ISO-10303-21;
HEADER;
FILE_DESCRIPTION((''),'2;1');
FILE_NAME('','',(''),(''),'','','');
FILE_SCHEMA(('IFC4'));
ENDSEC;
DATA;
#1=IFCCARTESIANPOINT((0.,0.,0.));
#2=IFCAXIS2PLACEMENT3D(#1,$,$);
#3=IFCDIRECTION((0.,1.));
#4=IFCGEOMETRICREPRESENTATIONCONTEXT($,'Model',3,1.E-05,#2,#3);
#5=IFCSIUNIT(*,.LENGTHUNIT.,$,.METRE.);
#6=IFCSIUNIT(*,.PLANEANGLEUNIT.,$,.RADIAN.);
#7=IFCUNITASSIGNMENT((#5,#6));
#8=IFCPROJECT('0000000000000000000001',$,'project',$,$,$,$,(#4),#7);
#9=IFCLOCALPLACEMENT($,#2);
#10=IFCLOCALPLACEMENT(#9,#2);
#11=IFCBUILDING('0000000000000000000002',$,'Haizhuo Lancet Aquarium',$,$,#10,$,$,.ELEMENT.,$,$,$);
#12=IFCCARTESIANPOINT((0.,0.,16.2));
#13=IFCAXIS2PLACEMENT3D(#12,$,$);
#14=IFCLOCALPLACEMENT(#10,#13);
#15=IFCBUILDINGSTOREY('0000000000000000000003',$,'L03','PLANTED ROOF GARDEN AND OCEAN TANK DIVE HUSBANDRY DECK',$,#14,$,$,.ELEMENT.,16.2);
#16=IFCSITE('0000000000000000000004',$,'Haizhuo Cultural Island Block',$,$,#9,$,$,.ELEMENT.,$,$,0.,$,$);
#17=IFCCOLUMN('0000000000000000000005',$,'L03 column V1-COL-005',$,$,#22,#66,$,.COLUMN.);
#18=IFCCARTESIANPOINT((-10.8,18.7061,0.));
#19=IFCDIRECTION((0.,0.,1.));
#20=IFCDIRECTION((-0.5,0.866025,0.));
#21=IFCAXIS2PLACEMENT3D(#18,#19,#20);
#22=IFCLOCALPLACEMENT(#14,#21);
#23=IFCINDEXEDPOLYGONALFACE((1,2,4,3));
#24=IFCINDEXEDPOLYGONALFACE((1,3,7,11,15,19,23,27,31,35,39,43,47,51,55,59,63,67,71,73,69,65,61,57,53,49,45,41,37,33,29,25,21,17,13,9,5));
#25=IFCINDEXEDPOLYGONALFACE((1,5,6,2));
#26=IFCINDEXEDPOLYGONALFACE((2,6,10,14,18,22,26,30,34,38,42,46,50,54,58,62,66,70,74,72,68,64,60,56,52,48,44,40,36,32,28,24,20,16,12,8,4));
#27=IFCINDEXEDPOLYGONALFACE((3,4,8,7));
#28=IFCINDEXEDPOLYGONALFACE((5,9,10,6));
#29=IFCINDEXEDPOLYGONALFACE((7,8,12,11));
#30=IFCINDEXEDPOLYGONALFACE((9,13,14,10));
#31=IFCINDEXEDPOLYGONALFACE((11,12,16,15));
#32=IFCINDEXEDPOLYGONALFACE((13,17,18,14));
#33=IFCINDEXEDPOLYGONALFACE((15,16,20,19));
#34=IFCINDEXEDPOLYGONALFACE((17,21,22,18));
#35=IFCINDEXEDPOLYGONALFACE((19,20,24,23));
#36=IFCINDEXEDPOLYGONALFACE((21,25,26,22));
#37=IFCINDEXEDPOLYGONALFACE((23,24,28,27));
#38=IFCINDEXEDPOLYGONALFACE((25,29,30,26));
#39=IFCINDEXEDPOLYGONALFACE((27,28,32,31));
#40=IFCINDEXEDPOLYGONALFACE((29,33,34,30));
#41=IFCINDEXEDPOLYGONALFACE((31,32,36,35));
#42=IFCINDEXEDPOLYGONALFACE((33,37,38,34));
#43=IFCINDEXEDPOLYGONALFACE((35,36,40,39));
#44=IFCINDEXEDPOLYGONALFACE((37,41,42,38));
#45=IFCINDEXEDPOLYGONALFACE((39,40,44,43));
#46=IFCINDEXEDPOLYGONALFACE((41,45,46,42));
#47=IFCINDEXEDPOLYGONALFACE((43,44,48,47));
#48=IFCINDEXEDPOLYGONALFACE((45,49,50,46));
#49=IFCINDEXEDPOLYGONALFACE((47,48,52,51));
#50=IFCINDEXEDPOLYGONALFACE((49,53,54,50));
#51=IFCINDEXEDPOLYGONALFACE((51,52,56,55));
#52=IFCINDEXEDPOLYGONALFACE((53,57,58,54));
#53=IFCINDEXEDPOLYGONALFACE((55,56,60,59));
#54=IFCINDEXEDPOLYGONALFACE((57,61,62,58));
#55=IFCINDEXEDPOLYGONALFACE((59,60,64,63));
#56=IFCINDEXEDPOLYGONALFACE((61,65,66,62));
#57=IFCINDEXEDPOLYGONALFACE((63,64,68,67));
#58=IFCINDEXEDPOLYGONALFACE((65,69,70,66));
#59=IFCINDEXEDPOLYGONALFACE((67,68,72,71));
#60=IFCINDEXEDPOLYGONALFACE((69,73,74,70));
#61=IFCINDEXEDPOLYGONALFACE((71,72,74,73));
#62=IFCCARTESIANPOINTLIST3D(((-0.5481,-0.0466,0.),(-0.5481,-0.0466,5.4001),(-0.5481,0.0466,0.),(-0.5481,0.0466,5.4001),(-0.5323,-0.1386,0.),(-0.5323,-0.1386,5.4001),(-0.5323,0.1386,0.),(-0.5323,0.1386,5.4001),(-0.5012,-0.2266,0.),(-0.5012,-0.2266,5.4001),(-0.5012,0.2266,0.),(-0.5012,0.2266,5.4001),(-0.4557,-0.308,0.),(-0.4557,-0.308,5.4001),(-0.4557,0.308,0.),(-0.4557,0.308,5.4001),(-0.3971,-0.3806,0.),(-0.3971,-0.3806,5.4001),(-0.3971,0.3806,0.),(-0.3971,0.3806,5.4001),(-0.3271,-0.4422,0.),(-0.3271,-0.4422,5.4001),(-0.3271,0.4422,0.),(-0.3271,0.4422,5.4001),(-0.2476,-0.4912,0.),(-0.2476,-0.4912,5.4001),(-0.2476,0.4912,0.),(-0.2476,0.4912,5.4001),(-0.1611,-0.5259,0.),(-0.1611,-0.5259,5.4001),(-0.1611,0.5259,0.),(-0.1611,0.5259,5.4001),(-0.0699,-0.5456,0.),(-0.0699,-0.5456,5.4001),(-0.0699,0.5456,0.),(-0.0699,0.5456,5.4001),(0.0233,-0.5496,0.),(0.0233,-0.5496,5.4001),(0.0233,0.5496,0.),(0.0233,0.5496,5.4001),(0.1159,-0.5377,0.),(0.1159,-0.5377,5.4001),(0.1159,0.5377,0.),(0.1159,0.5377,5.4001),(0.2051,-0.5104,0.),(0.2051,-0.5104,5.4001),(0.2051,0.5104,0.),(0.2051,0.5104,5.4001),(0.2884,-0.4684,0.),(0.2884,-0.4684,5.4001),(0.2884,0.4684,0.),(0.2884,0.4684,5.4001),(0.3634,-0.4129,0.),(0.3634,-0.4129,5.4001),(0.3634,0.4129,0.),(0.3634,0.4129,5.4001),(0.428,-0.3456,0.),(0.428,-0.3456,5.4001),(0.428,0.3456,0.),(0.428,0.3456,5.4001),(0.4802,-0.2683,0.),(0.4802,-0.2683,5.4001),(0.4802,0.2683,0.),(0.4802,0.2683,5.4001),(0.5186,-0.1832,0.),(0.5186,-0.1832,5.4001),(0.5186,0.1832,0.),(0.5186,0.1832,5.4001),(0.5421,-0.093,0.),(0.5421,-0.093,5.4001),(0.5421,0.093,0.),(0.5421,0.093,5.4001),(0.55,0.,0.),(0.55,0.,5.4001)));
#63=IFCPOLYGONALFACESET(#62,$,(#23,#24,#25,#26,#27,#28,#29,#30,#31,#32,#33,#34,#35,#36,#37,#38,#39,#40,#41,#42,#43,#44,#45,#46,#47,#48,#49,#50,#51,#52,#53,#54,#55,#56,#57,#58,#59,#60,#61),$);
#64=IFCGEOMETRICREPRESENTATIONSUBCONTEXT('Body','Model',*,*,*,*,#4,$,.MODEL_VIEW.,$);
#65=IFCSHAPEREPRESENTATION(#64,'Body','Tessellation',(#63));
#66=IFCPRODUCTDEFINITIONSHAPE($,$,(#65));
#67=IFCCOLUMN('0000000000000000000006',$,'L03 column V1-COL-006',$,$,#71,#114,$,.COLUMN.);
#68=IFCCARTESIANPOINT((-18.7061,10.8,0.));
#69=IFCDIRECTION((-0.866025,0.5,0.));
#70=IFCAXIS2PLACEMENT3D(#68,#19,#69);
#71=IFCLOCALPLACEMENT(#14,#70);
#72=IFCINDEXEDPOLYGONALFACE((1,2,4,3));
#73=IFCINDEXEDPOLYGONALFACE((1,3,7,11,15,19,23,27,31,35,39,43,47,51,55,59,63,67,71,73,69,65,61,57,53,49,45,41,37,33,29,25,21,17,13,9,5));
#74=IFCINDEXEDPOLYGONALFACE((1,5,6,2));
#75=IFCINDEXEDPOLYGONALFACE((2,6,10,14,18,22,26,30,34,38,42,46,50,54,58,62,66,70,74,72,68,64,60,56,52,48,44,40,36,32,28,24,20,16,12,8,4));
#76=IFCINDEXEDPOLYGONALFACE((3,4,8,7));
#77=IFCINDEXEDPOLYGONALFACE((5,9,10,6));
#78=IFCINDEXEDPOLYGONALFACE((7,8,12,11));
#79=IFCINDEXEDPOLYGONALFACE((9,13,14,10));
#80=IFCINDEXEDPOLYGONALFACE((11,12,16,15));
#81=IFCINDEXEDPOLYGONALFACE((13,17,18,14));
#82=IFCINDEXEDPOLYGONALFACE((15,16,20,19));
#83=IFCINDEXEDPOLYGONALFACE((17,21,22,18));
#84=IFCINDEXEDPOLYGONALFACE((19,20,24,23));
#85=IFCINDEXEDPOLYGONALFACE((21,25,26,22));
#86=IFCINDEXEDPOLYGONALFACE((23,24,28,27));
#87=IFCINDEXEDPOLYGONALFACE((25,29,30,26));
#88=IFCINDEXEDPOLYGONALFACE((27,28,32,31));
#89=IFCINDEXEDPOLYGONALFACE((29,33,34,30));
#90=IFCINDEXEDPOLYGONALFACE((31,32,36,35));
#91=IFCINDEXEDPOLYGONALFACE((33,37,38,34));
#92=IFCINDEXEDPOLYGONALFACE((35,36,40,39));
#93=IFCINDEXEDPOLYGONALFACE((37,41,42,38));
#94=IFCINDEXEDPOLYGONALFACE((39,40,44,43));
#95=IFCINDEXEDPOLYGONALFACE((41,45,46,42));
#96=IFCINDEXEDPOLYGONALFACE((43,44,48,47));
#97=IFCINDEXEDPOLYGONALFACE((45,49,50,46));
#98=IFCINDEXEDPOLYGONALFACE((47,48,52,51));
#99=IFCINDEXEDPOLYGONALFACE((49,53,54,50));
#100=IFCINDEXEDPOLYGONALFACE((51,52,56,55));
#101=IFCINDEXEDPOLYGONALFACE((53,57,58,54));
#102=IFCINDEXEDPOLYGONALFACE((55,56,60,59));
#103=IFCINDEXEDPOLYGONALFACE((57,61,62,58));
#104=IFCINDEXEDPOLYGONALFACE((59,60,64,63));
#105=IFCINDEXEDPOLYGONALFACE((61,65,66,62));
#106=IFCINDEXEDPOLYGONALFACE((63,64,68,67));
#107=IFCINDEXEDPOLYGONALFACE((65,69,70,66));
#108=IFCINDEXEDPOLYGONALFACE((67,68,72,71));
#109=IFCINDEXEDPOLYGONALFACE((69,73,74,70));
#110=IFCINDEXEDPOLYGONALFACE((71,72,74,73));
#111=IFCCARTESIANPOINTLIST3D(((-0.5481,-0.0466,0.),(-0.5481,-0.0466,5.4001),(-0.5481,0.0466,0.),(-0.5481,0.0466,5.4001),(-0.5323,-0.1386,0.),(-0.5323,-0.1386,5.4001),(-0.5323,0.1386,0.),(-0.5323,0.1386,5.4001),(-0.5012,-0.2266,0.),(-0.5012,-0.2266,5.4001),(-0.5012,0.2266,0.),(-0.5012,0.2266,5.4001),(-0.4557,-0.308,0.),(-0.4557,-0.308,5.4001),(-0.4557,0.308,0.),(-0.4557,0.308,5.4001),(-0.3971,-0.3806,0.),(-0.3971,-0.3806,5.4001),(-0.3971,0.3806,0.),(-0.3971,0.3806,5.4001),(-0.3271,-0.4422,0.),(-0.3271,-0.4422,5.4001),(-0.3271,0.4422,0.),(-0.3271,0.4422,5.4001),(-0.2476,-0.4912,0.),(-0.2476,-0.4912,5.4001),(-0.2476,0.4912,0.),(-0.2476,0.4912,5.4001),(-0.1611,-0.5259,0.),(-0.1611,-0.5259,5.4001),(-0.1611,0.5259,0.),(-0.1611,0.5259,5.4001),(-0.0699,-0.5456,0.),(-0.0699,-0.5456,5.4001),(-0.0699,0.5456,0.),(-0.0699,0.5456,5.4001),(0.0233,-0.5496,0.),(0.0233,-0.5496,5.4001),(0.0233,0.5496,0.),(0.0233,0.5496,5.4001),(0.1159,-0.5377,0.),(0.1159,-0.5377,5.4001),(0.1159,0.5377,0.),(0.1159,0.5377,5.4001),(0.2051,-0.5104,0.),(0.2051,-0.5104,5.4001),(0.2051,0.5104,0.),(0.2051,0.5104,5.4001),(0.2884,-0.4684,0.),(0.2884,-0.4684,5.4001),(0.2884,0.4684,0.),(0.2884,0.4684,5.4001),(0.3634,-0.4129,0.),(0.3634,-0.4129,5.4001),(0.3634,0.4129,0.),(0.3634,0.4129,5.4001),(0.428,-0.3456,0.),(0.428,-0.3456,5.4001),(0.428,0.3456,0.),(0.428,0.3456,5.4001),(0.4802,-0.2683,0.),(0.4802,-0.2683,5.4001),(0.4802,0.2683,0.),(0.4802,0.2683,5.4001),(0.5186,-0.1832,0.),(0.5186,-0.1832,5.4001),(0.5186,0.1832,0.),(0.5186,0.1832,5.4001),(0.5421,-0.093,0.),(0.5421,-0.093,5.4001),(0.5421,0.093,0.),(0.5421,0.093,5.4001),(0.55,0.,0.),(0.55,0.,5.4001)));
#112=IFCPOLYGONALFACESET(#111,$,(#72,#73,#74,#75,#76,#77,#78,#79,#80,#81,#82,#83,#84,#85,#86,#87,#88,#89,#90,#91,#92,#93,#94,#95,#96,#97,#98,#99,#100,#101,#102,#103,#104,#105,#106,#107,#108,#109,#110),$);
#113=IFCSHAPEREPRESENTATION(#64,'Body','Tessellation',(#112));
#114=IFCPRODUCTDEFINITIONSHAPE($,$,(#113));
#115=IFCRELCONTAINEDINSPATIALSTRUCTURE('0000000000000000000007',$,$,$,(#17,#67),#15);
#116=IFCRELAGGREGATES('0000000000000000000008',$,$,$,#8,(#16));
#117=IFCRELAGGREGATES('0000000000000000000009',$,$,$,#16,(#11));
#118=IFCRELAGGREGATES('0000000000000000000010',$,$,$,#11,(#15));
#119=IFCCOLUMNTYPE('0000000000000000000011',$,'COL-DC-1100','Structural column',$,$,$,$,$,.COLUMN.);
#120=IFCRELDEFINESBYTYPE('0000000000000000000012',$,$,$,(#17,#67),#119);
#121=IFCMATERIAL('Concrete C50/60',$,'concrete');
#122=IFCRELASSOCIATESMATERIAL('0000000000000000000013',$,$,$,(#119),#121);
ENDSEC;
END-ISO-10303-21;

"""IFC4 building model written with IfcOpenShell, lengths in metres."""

from ifc_helpers import new_model, si_unit, direction, frame, origin, origin_2d, place, context, subcontext, project, spatial, circle, extrude, material, material_profile, profile_set, type_object, element, save


model = new_model("IFC4")

# Units and contexts
model_context = context("Model", 3, precision=1e-05, world=origin(), true_north=direction((0.0, 1.0)))
body_context = subcontext(model_context, "Body", "Model", "MODEL_VIEW")
ifc_project = project(units=[si_unit("LENGTHUNIT", "METRE"), si_unit("PLANEANGLEUNIT", "RADIAN")], contexts=[model_context])

# Site, building, storey
site_placement = place(None, origin())
site = spatial("IfcSite", under=ifc_project, at=site_placement, Name="Haizhuo Cultural Island Block", CompositionType="ELEMENT", RefElevation=0.0)
building_placement = place(site_placement, origin())
building = spatial("IfcBuilding", under=site, at=building_placement, Name="Haizhuo Lancet Aquarium", CompositionType="ELEMENT")
storey_placement = place(building_placement, frame((0.0, 0.0, 16.2)))
storey = spatial("IfcBuildingStorey", under=building, at=storey_placement, Name="L03", Description="PLANTED ROOF GARDEN AND OCEAN TANK DIVE HUSBANDRY DECK", CompositionType="ELEMENT", Elevation=16.2)

# Columns
ifc_material_1 = material(Name="Concrete C50/60", Category="concrete")
ifc_material_profile_1 = material_profile(ifc_material_1, circle(Radius=0.55, at=origin_2d()), Name="RC-DC 1100")
ifc_profile_set_1 = profile_set([ifc_material_profile_1], Name="Concrete C50/60")
column_type_1 = type_object("IfcColumnType", Name="COL-DC-1100", Description="Structural column", PredefinedType="COLUMN", material=ifc_profile_set_1)
for number, where, z_axis, x_axis, name in (
    (1, (-10.8, 18.7061, 0.0), (0.0, 0.0, 1.0), (-0.5, 0.866025, 0.0), "L03 column V1-COL-005"),
    (2, (-18.7061, 10.8, 0.0), (0.0, 0.0, 1.0), (-0.866025, 0.5, 0.0), "L03 column V1-COL-006"),
):
    element("IfcColumn", number, at=place(storey_placement, frame(where, z_axis=z_axis, x_axis=x_axis)), inside=storey, type_object=column_type_1, Name=name, PredefinedType="COLUMN", context=body_context, shape_type="SweptSolid", body=[
        extrude(circle(Radius=0.55, at=origin_2d()), origin(), (0.0, 0.0, 1.0), 5.4001),
    ])

save(model, "model.ifc")
